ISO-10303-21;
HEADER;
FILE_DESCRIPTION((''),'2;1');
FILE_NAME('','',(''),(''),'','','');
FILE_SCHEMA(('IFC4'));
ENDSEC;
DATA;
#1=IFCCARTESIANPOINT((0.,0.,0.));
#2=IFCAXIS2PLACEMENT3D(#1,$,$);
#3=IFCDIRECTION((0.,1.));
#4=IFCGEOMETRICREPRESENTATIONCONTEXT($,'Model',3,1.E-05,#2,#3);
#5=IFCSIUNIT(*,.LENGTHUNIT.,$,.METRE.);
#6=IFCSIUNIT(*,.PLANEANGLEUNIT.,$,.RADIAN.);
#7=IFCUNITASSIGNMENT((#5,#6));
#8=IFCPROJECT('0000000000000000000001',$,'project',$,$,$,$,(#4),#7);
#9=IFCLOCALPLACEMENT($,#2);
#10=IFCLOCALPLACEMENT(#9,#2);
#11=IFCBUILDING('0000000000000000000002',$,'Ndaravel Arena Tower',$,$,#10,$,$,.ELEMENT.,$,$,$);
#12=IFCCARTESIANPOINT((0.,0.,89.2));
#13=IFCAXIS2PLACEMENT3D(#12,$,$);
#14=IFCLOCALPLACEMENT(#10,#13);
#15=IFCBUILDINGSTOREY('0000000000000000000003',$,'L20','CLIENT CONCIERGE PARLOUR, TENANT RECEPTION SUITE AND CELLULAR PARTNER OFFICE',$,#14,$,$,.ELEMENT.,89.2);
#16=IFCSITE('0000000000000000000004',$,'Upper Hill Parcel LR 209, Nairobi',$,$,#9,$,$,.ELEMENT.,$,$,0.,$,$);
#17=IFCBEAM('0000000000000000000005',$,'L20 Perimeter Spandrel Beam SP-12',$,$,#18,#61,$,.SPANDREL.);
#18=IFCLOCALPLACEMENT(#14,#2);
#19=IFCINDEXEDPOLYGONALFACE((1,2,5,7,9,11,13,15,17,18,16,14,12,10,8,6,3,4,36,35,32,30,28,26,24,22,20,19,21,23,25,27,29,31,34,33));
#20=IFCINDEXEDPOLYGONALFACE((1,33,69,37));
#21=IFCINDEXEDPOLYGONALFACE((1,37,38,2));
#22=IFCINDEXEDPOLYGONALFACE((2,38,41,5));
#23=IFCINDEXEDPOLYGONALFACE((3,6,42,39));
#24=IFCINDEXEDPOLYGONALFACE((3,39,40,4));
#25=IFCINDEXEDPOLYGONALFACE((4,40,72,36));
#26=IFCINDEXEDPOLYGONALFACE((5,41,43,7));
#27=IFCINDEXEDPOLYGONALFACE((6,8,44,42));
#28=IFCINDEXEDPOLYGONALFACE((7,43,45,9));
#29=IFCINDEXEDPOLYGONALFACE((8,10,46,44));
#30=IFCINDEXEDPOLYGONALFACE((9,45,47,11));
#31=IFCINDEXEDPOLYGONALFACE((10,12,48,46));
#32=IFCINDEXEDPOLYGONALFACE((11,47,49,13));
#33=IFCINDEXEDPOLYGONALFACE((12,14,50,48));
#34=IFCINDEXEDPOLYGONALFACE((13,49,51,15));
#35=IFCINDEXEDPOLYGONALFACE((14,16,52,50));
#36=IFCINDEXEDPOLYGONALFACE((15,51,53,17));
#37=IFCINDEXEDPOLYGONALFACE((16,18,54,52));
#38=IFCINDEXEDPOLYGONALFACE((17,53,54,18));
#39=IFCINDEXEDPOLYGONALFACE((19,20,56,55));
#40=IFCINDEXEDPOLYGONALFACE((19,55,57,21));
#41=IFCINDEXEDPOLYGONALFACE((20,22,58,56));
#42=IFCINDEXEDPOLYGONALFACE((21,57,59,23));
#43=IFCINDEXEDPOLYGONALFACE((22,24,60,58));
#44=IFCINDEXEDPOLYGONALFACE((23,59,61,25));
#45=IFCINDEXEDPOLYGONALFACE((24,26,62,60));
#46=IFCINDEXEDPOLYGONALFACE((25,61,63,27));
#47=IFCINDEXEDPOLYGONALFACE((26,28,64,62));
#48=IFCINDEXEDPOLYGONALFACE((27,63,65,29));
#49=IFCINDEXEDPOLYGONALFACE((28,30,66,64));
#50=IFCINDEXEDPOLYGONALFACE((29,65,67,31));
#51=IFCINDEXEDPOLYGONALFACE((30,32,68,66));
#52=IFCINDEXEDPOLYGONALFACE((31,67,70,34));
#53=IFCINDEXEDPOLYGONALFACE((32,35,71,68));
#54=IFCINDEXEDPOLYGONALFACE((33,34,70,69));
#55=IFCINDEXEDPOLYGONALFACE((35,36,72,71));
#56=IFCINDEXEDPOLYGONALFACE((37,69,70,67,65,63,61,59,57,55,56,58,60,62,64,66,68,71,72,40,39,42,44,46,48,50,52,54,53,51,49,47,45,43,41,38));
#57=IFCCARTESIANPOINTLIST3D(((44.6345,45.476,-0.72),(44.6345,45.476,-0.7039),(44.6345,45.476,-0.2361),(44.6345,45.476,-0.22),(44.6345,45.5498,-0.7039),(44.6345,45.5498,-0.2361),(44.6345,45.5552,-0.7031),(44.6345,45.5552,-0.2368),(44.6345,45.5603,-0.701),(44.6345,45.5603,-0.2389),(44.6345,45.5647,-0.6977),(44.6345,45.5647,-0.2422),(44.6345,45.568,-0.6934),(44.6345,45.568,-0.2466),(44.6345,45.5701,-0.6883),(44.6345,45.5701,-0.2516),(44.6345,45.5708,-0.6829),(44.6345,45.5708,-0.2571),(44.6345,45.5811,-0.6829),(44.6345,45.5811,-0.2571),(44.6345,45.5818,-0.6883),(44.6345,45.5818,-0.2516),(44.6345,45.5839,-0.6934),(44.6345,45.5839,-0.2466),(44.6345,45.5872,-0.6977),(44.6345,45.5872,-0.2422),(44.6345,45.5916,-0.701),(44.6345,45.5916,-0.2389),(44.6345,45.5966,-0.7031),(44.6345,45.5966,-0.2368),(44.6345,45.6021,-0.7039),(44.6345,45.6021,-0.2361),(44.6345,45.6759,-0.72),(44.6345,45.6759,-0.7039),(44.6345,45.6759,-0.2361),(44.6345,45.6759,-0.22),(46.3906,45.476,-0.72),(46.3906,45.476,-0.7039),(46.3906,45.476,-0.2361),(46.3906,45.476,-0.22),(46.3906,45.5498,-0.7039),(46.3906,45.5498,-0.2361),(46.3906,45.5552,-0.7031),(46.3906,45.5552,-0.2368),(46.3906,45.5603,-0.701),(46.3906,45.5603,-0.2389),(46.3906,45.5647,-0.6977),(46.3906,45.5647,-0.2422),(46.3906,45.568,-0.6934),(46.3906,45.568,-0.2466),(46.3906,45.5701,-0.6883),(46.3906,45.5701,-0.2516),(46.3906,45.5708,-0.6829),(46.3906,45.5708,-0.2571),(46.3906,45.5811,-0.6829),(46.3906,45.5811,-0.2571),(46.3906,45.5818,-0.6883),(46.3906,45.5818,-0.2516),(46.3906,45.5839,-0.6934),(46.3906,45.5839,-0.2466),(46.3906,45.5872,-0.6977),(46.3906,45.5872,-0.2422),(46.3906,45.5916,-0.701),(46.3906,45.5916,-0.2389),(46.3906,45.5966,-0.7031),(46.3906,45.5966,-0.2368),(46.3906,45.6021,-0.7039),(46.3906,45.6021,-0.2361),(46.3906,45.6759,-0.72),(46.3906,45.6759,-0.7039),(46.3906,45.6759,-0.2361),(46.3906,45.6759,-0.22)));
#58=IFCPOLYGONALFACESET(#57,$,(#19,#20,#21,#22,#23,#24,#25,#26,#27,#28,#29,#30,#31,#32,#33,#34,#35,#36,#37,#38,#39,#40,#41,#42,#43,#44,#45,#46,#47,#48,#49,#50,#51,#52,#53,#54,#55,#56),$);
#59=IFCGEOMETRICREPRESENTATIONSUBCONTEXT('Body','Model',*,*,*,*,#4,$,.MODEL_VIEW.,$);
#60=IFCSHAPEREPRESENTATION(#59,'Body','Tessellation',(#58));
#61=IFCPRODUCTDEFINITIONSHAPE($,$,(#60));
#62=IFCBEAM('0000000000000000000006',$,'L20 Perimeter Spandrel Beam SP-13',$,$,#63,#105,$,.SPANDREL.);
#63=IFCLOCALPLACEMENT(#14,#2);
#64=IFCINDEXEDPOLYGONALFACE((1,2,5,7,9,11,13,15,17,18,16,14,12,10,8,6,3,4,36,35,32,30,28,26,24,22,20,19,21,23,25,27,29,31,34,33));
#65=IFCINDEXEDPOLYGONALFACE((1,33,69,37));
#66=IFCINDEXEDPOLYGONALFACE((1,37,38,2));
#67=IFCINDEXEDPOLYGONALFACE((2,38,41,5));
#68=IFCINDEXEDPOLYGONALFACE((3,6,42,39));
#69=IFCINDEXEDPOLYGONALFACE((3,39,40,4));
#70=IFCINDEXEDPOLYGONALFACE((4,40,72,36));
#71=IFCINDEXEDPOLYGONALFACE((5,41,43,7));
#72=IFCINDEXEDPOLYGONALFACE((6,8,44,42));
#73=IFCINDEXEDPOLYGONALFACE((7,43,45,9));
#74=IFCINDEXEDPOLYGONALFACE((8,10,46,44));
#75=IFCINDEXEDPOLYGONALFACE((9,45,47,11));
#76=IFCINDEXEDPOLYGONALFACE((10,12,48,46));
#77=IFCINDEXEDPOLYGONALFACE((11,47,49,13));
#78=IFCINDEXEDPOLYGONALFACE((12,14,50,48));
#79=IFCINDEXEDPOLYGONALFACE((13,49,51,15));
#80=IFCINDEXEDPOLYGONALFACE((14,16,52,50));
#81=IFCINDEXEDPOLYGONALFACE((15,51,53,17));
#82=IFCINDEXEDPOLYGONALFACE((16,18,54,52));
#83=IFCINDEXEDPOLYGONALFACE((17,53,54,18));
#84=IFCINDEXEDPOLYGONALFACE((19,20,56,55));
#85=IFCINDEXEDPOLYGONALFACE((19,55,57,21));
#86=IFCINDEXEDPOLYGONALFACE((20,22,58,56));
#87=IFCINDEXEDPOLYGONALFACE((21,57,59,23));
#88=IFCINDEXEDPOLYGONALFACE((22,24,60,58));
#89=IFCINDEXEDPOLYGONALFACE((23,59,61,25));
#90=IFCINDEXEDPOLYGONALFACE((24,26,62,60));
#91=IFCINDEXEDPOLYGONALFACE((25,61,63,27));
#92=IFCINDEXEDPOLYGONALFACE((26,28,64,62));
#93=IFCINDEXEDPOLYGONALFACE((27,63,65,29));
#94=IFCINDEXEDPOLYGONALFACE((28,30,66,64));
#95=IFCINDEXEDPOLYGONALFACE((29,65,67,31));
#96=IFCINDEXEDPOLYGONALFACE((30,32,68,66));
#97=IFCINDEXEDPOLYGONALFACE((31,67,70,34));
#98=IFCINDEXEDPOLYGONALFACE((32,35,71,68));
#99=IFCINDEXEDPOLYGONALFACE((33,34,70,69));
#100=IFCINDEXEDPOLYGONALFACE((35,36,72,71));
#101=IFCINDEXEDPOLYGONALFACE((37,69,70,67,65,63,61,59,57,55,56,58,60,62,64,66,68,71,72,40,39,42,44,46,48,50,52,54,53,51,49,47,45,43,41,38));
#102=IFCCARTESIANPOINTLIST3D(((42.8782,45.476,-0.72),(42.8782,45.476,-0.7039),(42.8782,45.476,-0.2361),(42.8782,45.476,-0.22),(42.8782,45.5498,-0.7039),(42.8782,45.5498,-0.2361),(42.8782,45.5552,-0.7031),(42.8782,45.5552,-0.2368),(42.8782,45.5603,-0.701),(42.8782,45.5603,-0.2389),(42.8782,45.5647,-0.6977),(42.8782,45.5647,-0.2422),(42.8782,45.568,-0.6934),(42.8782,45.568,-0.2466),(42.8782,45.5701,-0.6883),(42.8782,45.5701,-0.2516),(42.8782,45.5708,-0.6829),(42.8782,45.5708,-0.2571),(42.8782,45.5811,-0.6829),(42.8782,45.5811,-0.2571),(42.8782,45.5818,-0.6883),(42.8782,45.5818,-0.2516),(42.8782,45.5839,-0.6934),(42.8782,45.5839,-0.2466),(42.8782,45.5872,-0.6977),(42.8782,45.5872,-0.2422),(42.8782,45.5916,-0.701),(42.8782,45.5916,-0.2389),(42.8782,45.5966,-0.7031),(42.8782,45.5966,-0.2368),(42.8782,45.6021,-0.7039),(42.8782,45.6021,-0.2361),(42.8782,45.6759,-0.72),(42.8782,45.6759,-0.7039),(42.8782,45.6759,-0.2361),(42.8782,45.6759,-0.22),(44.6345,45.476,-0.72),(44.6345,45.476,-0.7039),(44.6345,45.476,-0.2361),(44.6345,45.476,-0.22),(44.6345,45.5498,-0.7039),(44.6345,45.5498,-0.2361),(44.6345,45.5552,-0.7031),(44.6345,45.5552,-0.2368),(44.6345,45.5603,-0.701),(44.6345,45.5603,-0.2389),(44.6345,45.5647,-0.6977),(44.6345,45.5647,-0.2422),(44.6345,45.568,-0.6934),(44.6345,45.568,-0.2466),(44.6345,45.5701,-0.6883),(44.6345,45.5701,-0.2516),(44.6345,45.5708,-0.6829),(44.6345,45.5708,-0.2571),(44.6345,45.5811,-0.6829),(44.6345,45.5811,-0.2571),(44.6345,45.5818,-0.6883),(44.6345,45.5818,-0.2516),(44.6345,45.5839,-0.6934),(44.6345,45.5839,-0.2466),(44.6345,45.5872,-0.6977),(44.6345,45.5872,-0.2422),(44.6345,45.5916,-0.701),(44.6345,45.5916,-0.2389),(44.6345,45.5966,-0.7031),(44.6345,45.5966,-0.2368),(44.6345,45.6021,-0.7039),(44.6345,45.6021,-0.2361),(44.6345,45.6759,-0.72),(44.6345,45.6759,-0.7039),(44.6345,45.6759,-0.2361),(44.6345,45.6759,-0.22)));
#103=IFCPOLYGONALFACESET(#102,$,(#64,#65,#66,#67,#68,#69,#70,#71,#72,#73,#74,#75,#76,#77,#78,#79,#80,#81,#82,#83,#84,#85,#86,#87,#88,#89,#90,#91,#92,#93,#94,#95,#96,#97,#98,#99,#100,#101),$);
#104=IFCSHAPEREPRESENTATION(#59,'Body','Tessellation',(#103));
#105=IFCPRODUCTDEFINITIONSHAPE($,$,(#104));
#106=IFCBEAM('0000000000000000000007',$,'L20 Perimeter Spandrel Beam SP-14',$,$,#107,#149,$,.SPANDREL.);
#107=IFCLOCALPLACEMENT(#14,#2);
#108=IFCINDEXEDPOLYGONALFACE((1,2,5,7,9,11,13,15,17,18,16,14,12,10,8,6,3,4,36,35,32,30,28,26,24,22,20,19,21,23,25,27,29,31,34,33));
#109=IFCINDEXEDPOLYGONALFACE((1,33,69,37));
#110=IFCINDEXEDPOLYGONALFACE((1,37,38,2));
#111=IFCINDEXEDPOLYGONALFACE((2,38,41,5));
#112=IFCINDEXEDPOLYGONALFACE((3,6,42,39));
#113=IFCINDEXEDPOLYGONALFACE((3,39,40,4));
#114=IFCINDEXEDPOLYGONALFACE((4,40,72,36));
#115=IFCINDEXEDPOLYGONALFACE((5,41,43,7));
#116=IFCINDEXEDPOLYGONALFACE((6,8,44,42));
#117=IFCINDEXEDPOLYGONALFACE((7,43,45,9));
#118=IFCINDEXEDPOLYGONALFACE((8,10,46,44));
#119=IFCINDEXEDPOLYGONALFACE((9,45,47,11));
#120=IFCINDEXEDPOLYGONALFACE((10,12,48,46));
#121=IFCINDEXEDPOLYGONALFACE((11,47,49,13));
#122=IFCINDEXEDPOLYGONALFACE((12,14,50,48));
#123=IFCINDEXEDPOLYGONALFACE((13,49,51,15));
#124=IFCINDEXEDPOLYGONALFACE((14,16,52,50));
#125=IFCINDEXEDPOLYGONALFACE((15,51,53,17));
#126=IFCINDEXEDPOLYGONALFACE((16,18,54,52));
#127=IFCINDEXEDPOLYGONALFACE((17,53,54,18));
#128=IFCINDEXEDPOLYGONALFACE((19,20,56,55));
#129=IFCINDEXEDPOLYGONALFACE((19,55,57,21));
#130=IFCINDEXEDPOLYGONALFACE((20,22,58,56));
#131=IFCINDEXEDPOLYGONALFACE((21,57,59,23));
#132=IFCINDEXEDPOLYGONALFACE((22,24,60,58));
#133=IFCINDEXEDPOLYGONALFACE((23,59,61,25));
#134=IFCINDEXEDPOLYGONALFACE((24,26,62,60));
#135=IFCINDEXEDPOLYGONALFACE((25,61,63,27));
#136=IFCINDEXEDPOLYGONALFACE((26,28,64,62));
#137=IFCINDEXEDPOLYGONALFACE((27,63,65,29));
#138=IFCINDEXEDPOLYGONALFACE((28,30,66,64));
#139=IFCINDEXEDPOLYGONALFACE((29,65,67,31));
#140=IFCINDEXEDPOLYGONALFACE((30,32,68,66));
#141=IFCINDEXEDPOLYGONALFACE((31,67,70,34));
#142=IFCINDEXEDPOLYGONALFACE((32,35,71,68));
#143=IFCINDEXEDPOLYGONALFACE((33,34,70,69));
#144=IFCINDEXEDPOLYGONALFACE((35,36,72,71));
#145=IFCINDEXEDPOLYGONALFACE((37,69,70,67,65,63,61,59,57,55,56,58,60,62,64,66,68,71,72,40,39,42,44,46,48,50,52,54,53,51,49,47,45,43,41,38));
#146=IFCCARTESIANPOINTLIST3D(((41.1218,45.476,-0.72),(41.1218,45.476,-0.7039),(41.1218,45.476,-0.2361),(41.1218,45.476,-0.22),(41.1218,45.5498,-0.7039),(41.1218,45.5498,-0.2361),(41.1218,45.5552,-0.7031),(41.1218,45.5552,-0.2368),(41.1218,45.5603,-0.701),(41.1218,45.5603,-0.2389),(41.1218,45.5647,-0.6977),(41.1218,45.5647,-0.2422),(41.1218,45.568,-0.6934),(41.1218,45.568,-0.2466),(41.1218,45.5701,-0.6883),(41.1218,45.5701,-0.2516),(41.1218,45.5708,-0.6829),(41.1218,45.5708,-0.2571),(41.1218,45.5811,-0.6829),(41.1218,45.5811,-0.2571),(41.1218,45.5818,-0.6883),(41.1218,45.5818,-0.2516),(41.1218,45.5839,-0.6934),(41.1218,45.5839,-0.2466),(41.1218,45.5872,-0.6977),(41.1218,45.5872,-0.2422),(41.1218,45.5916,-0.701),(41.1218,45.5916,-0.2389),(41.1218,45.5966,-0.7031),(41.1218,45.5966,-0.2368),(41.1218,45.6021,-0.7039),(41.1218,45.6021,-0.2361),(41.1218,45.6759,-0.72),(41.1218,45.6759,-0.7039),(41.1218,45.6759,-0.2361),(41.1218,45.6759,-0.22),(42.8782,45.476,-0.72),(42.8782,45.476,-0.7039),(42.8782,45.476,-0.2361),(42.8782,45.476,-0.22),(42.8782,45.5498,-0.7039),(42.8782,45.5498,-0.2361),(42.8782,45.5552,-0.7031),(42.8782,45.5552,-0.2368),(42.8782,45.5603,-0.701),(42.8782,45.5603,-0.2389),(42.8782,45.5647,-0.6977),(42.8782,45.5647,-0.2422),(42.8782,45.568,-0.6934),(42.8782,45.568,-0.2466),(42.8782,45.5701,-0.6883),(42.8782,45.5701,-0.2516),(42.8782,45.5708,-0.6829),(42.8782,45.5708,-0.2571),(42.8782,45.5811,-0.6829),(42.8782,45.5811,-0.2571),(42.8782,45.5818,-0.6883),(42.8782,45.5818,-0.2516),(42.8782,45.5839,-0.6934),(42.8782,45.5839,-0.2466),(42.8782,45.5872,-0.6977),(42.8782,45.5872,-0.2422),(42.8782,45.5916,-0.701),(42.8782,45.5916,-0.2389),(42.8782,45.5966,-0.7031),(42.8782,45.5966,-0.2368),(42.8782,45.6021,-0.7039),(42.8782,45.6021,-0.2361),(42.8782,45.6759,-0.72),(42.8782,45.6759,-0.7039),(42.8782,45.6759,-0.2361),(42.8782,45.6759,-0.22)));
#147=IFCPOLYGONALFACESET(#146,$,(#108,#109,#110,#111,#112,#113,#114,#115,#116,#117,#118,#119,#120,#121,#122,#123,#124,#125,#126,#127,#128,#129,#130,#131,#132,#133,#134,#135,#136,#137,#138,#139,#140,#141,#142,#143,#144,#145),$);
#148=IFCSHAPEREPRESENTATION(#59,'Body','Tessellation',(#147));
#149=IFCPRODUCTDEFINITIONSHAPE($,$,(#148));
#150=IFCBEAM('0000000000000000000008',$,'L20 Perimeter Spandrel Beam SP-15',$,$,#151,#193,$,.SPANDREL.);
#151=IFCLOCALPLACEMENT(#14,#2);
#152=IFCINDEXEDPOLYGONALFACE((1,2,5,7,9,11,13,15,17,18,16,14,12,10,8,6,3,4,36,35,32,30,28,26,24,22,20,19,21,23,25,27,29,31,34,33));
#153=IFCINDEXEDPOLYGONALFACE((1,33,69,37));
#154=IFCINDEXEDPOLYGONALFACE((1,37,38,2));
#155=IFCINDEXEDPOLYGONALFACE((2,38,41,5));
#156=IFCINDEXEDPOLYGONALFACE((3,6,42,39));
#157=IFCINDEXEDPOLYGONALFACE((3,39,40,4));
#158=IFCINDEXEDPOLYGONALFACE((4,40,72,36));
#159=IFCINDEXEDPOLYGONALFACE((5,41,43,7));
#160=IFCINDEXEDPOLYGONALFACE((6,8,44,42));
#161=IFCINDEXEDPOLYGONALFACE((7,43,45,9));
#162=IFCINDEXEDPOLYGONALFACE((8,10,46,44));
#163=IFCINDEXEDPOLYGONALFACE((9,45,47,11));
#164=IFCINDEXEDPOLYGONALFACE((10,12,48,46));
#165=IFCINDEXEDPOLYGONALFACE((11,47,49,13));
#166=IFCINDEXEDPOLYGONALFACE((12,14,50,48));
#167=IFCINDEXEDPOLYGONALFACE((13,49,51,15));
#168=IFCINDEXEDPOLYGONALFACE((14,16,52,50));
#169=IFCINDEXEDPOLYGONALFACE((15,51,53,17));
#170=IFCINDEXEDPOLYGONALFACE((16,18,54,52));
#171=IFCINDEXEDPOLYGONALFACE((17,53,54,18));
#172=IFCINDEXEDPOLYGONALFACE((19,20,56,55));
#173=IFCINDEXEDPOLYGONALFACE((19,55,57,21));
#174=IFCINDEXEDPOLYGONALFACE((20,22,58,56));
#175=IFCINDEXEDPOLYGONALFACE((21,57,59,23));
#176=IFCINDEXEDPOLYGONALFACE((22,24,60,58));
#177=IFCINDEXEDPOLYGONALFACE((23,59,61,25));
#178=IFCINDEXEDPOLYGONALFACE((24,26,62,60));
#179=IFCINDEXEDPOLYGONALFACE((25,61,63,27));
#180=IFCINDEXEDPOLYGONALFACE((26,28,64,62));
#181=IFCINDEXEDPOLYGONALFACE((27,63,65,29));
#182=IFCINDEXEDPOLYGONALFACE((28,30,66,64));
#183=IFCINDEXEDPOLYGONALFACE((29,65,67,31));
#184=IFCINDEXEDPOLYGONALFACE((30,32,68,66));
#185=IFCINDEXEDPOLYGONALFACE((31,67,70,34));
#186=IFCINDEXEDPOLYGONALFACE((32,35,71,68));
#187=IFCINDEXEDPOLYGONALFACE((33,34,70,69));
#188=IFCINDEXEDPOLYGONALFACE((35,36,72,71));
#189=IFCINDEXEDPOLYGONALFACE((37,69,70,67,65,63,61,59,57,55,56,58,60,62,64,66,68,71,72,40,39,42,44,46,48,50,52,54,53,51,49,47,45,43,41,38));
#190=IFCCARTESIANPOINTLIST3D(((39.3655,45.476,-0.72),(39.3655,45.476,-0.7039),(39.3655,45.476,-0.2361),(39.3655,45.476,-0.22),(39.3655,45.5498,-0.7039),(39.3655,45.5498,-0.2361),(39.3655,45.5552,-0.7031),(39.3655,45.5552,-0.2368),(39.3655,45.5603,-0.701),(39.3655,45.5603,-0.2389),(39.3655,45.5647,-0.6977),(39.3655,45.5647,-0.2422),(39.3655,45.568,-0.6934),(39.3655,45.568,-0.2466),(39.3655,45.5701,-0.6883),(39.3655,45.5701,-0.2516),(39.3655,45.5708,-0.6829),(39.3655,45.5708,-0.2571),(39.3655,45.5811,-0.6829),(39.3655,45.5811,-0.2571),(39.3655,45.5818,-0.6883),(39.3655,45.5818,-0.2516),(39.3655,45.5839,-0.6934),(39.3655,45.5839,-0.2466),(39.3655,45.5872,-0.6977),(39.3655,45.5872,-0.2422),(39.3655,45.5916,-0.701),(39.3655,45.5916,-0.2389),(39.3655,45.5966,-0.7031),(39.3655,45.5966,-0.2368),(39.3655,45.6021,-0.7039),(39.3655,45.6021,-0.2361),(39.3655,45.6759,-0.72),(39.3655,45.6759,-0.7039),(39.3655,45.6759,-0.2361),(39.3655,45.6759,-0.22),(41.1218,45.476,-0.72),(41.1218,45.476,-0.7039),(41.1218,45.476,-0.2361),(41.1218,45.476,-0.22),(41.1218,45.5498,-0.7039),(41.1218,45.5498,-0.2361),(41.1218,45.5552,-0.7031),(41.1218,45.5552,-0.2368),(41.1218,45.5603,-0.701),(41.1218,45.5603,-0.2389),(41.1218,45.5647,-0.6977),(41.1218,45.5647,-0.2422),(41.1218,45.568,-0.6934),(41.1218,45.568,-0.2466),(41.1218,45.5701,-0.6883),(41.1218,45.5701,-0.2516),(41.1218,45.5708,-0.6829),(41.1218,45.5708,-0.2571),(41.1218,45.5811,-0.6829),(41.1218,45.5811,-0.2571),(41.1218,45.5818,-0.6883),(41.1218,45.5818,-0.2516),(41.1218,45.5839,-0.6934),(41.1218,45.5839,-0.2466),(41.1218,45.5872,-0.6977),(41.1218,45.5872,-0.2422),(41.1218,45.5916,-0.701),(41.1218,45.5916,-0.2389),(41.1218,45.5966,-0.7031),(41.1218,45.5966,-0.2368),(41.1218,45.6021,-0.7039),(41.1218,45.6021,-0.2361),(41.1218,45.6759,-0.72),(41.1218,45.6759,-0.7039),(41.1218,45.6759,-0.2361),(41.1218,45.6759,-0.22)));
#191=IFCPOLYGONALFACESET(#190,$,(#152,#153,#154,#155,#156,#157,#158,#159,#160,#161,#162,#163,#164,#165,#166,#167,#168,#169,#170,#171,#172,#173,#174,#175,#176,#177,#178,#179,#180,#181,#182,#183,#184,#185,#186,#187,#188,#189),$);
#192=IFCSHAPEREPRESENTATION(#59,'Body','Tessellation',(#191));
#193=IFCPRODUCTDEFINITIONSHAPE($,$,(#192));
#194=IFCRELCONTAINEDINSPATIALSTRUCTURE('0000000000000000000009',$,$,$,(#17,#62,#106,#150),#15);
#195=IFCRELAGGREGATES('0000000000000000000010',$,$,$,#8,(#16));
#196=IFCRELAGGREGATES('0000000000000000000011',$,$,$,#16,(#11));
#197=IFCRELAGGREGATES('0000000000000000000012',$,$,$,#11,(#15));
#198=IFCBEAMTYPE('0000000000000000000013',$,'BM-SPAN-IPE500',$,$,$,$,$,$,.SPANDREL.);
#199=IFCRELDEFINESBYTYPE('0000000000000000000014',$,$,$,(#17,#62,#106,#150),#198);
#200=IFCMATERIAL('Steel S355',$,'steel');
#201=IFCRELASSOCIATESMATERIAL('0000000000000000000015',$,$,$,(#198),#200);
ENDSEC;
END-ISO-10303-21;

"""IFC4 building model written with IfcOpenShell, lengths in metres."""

from ifc_helpers import new_model, si_unit, direction, frame, origin, origin_2d, place, context, subcontext, project, spatial, i_section, extrude, material, material_profile, profile_set, type_object, element, save


model = new_model("IFC4")

# Units and contexts
model_context = context("Model", 3, precision=1e-05, world=origin(), true_north=direction((0.0, 1.0)))
body_context = subcontext(model_context, "Body", "Model", "MODEL_VIEW")
ifc_project = project(units=[si_unit("LENGTHUNIT", "METRE"), si_unit("PLANEANGLEUNIT", "RADIAN")], contexts=[model_context])

# Site, building, storey
site_placement = place(None, origin())
site = spatial("IfcSite", under=ifc_project, at=site_placement, Name="Upper Hill Parcel LR 209, Nairobi", CompositionType="ELEMENT", RefElevation=0.0)
building_placement = place(site_placement, origin())
building = spatial("IfcBuilding", under=site, at=building_placement, Name="Ndaravel Arena Tower", CompositionType="ELEMENT")
storey_placement = place(building_placement, frame((0.0, 0.0, 89.2)))
storey = spatial("IfcBuildingStorey", under=building, at=storey_placement, Name="L20", Description="CLIENT CONCIERGE PARLOUR, TENANT RECEPTION SUITE AND CELLULAR PARTNER OFFICE", CompositionType="ELEMENT", Elevation=89.2)

# Beams
ifc_material_1 = material(Name="Steel S355", Category="steel")
ifc_material_profile_1 = material_profile(ifc_material_1, i_section(OverallWidth=0.2, OverallDepth=0.5, WebThickness=0.0103, FlangeThickness=0.0161, FilletRadius=0.021, at=origin_2d()), Name="IPE 500")
ifc_profile_set_1 = profile_set([ifc_material_profile_1], Name="Steel S355")
beam_type_1 = type_object("IfcBeamType", Name="BM-SPAN-IPE500", PredefinedType="SPANDREL", material=ifc_profile_set_1)
beam_1_placement = place(storey_placement, frame((46.3906, 45.5759, -0.47), z_axis=(-1.0, 0.0, 0.0), x_axis=(0.0, -1.0, 0.0)))
element("IfcBeam", 1, at=beam_1_placement, inside=storey, type_object=beam_type_1, Name="L20 Perimeter Spandrel Beam SP-12", PredefinedType="SPANDREL", context=body_context, shape_type="SweptSolid", body=[
    extrude(i_section(OverallWidth=0.2, OverallDepth=0.5, WebThickness=0.0103, FlangeThickness=0.0161, FilletRadius=0.021, at=origin_2d()), origin(), (0.0, 0.0, 1.0), 1.7561),
])
for number, where, z_axis, x_axis, name in (
    (2, (44.6345, 45.5759, -0.47), (-1.0, 0.0, 0.0), (0.0, -1.0, 0.0), "L20 Perimeter Spandrel Beam SP-13"),
    (3, (42.8782, 45.5759, -0.47), (-1.0, 0.0, 0.0), (0.0, -1.0, 0.0), "L20 Perimeter Spandrel Beam SP-14"),
    (4, (41.1218, 45.5759, -0.47), (-1.0, 0.0, 0.0), (0.0, -1.0, 0.0), "L20 Perimeter Spandrel Beam SP-15"),
):
    element("IfcBeam", number, at=place(storey_placement, frame(where, z_axis=z_axis, x_axis=x_axis)), inside=storey, type_object=beam_type_1, Name=name, PredefinedType="SPANDREL", context=body_context, shape_type="SweptSolid", body=[
        extrude(i_section(OverallWidth=0.2, OverallDepth=0.5, WebThickness=0.0103, FlangeThickness=0.0161, FilletRadius=0.021, at=origin_2d()), origin(), (0.0, 0.0, 1.0), 1.7563),
    ])

save(model, "model.ifc")
